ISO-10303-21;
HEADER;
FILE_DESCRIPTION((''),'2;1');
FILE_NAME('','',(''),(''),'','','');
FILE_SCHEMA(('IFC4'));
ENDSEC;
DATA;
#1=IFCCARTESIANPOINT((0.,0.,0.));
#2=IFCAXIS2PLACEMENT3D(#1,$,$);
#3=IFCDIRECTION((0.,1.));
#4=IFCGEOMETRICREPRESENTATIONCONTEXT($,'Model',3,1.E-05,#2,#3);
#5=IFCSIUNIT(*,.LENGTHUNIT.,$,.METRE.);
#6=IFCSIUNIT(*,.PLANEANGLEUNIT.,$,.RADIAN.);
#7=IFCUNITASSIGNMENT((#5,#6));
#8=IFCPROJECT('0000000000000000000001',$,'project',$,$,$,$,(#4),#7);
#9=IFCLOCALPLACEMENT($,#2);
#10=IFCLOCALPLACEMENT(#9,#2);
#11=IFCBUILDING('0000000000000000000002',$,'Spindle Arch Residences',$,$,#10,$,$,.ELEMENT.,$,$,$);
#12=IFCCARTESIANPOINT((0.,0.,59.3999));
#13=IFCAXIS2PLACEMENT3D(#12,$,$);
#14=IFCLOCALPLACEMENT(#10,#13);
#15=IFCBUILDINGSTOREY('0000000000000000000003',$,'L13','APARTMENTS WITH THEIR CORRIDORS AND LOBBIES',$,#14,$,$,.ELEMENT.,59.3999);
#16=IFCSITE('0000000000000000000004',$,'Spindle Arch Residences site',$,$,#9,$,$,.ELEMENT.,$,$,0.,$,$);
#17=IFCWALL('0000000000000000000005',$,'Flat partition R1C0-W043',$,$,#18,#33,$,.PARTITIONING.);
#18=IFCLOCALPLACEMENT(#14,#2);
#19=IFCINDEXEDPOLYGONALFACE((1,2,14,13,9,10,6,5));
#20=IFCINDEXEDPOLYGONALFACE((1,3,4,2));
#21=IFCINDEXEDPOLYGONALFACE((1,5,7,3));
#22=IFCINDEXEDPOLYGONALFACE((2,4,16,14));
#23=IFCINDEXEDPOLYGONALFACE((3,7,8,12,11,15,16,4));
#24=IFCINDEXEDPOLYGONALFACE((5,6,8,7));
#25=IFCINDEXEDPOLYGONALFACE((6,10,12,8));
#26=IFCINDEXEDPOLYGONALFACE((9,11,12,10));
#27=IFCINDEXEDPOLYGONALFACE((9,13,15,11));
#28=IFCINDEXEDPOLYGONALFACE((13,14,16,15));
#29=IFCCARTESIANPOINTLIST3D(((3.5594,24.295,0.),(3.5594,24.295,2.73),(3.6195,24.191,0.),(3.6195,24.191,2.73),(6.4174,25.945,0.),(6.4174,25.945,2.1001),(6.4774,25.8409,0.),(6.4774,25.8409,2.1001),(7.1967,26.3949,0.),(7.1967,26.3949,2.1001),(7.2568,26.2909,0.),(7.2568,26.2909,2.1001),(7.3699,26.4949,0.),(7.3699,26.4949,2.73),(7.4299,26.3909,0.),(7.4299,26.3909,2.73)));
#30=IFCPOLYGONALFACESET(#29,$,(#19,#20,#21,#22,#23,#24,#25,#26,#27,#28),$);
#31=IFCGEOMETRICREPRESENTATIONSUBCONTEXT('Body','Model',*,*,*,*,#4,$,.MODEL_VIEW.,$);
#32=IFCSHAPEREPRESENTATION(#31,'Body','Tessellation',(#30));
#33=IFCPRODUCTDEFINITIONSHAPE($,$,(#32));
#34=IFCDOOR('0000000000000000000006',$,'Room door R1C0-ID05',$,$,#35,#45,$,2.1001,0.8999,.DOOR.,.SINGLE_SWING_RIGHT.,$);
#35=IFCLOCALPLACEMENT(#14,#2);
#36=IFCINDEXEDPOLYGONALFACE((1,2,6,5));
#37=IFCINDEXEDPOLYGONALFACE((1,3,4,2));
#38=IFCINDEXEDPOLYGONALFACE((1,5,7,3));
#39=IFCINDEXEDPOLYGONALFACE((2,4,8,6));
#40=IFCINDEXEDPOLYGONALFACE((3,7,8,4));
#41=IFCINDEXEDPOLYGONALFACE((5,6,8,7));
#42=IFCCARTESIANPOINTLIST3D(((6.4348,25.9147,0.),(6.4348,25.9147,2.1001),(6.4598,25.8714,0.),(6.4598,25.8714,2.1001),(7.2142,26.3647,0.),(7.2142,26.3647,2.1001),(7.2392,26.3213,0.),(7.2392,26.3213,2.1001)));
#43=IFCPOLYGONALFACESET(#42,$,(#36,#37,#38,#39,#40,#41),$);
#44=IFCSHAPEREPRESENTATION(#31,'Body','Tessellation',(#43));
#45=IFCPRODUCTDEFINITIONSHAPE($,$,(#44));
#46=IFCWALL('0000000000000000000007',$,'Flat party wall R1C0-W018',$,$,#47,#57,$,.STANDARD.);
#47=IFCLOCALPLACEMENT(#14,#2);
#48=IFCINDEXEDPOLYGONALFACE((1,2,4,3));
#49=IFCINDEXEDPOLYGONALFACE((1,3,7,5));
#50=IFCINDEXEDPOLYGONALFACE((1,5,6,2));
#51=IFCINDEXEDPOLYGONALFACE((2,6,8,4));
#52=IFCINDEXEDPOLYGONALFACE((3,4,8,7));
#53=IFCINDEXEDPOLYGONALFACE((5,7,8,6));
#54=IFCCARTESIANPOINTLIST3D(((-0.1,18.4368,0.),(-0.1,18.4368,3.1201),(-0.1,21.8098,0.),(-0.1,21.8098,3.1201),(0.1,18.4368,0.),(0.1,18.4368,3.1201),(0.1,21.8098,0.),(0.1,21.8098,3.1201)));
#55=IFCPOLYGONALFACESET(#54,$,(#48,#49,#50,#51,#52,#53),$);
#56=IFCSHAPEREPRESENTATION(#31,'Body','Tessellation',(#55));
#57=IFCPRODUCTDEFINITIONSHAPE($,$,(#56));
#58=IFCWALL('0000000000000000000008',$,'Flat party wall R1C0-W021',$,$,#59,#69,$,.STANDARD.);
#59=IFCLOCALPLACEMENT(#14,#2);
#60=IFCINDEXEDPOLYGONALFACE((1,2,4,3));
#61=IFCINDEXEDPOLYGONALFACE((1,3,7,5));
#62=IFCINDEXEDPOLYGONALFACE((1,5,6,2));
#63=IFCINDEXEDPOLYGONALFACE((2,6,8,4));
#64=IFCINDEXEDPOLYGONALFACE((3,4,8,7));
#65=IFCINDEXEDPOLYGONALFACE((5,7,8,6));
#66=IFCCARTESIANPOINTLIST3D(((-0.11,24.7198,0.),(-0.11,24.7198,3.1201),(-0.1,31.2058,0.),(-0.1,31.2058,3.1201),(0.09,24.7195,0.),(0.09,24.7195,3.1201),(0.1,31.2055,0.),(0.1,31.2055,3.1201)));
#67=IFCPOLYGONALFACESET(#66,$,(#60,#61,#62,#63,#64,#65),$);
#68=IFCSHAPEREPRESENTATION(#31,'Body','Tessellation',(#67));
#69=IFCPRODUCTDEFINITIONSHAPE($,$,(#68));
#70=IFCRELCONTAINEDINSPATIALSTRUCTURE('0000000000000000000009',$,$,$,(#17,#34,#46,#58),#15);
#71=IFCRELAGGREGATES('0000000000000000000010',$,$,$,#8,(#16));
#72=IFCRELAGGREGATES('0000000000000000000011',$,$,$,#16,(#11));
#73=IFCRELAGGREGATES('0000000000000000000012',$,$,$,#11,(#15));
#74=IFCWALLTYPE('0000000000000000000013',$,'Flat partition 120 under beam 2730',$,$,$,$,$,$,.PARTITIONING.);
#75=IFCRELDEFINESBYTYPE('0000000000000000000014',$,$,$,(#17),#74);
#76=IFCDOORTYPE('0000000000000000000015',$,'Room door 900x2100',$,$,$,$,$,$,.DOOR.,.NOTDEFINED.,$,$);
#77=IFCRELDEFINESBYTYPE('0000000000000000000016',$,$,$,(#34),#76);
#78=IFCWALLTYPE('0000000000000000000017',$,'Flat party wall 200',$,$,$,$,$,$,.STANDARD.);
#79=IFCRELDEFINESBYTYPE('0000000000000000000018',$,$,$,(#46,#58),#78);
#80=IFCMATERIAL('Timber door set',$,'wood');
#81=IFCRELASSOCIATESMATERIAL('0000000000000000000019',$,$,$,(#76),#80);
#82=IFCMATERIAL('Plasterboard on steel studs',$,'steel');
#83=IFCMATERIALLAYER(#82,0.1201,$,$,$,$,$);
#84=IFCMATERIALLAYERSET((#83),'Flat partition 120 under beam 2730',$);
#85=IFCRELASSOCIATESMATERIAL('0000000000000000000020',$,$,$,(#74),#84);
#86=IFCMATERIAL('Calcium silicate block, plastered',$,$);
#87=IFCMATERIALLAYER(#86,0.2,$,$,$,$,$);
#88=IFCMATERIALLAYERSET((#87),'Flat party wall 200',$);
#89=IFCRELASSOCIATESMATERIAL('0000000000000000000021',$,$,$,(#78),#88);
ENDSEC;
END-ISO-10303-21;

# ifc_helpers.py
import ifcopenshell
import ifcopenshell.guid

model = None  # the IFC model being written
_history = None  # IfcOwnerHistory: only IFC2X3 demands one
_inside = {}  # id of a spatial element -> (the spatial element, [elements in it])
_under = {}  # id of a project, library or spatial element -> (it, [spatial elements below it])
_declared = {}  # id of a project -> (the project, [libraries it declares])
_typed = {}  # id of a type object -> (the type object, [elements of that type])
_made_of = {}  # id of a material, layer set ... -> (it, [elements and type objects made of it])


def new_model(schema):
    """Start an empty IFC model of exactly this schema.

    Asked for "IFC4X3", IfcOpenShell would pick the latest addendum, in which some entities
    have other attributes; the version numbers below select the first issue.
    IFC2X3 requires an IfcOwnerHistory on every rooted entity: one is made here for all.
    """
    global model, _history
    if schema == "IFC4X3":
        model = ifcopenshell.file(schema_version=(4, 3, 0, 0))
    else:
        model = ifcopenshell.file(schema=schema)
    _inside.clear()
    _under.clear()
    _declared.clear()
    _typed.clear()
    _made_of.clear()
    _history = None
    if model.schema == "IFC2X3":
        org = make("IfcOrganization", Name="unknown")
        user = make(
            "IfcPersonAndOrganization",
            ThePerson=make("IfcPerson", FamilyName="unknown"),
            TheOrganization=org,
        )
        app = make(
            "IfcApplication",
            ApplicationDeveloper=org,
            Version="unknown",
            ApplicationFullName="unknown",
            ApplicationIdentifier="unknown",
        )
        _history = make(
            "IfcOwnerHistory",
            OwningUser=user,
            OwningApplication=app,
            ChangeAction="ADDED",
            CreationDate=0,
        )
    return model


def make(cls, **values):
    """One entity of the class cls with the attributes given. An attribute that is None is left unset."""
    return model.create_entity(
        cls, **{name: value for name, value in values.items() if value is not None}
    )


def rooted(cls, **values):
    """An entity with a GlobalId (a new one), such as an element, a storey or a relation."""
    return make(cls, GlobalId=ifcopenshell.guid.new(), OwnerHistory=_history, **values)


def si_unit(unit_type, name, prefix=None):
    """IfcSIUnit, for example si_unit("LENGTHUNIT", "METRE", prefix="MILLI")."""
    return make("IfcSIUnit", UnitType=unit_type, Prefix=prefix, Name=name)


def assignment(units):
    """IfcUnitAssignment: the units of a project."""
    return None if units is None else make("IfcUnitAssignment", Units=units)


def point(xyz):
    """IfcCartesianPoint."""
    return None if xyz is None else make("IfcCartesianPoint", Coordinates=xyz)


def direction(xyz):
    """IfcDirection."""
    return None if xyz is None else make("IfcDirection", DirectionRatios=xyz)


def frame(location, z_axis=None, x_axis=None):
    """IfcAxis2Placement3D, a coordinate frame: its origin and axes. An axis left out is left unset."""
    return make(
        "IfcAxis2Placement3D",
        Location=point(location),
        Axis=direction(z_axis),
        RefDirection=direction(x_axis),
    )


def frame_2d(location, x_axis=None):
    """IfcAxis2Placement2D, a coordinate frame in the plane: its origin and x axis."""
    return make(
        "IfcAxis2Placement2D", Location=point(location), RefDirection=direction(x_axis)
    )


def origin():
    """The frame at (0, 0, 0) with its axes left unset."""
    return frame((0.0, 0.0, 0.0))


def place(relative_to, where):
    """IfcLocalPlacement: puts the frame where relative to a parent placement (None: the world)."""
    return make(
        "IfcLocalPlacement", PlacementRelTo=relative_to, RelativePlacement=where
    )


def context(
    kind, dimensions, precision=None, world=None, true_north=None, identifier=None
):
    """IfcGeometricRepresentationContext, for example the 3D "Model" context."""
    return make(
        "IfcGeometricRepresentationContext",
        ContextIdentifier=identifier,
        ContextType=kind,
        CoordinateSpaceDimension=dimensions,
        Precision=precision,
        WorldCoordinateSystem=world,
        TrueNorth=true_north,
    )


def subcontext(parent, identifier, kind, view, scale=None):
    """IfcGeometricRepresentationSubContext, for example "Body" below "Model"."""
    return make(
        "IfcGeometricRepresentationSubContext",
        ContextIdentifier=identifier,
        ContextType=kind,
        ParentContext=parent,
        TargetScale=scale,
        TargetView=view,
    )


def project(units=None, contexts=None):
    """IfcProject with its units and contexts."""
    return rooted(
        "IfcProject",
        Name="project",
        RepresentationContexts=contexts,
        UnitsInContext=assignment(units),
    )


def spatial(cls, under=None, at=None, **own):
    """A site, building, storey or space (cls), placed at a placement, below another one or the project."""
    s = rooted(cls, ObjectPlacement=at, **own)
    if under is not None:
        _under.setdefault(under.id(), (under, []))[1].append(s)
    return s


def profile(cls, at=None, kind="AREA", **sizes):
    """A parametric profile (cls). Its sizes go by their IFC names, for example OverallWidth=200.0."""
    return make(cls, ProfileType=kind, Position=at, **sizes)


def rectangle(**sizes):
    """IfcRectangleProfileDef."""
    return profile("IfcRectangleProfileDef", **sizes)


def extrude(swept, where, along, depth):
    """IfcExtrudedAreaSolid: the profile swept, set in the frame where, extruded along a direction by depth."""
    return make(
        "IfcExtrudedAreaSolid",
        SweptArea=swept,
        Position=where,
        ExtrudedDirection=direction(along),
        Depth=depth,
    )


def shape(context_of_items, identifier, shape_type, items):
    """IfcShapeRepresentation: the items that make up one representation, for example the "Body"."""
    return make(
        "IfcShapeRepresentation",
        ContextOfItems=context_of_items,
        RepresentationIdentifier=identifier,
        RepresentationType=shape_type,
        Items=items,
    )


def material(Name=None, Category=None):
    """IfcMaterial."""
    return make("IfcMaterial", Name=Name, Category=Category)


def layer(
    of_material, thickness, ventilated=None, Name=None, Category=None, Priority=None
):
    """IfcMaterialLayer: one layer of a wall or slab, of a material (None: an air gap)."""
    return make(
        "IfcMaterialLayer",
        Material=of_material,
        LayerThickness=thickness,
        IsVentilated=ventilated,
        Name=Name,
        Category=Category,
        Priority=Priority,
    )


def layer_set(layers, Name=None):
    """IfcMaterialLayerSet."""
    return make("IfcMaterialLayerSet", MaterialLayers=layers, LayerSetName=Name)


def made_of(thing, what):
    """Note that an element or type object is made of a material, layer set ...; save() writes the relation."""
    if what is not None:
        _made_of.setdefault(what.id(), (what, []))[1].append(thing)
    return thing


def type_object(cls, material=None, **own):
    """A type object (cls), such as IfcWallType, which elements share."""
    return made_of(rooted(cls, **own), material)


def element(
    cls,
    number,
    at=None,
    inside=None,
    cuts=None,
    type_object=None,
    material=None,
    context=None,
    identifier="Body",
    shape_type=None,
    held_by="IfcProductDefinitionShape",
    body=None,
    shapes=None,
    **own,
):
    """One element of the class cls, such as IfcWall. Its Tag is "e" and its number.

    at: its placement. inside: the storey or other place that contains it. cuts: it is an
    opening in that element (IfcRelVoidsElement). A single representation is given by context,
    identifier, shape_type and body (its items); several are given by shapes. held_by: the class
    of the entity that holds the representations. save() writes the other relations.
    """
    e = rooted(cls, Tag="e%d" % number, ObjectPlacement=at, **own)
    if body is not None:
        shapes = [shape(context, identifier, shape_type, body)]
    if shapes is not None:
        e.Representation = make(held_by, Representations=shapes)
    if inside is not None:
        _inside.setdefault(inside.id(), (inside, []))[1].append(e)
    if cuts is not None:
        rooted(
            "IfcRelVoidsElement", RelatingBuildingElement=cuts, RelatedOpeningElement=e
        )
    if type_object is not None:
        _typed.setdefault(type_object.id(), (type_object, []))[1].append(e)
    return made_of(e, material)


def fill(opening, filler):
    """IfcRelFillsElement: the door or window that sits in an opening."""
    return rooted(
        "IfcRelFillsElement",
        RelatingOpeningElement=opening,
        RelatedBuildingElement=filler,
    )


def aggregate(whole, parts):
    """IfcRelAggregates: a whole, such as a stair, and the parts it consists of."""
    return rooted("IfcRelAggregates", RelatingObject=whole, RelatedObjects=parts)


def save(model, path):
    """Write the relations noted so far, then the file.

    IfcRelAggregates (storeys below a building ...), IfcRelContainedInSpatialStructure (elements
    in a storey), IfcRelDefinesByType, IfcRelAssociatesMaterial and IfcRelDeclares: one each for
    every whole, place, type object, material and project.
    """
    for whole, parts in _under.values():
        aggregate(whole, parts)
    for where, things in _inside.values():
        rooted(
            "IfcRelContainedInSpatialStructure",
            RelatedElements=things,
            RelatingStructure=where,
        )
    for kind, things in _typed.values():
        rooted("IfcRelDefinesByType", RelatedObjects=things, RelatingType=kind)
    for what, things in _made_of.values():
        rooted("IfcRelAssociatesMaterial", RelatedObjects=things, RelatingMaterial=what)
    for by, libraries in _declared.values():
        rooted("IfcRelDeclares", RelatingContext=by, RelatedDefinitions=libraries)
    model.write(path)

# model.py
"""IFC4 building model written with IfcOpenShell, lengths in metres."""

from ifc_helpers import new_model, si_unit, direction, frame, frame_2d, origin, place, context, subcontext, project, spatial, rectangle, extrude, material, layer, layer_set, type_object, element, fill, save


model = new_model("IFC4")

# Units and contexts
model_context = context("Model", 3, precision=1e-05, world=origin(), true_north=direction((0.0, 1.0)))
body_context = subcontext(model_context, "Body", "Model", "MODEL_VIEW")
ifc_project = project(units=[si_unit("LENGTHUNIT", "METRE"), si_unit("PLANEANGLEUNIT", "RADIAN")], contexts=[model_context])

# Site, building, storey
site_placement = place(None, origin())
site = spatial("IfcSite", under=ifc_project, at=site_placement, Name="Spindle Arch Residences site", CompositionType="ELEMENT", RefElevation=0.0)
building_placement = place(site_placement, origin())
building = spatial("IfcBuilding", under=site, at=building_placement, Name="Spindle Arch Residences", CompositionType="ELEMENT")
storey_placement = place(building_placement, frame((0.0, 0.0, 59.3999)))
storey = spatial("IfcBuildingStorey", under=building, at=storey_placement, Name="L13", Description="APARTMENTS WITH THEIR CORRIDORS AND LOBBIES", CompositionType="ELEMENT", Elevation=59.3999)

# Shared definitions
ifc_material_1 = material(Name="Timber door set", Category="wood")
door_type = type_object("IfcDoorType", Name="Room door 900x2100", OperationType="NOTDEFINED", PredefinedType="DOOR", material=ifc_material_1)

# Wall, opening, door
ifc_material_2 = material(Name="Plasterboard on steel studs", Category="steel")
ifc_layer_1 = layer(ifc_material_2, 0.1201)
ifc_layer_set_1 = layer_set([ifc_layer_1], Name="Flat partition 120 under beam 2730")
wall_type_1 = type_object("IfcWallType", Name="Flat partition 120 under beam 2730", PredefinedType="PARTITIONING", material=ifc_layer_set_1)
wall_1_placement = place(storey_placement, frame((7.3999, 26.4429, 0.0), z_axis=(0.0, 0.0, 1.0), x_axis=(-0.866032, -0.499988, 0.0)))
wall_1 = element("IfcWall", 1, at=wall_1_placement, inside=storey, type_object=wall_type_1, Name="Flat partition R1C0-W043", PredefinedType="PARTITIONING", context=body_context, shape_type="SweptSolid", body=[
    extrude(rectangle(XDim=4.3999, YDim=0.1201, at=frame_2d((2.2, 0.0))), origin(), (0.0, 0.0, 1.0), 2.73),
])
opening_1_placement = place(wall_1_placement, frame((0.2, 0.0, 0.0)))
opening_1 = element("IfcOpeningElement", 2, at=opening_1_placement, cuts=wall_1, PredefinedType="OPENING", context=body_context, shape_type="SweptSolid", body=[
    extrude(rectangle(XDim=0.8999, YDim=2.1001, at=frame_2d((0.45, 1.05))), frame((0.0, 0.0701, 0.0), z_axis=(0.0, -1.0, 0.0), x_axis=(1.0, 0.0, 0.0)), (0.0, 0.0, 1.0), 0.1401),
])
door_1_placement = place(opening_1_placement, origin())
door_1 = element("IfcDoor", 3, at=door_1_placement, inside=storey, type_object=door_type, Name="Room door R1C0-ID05", OperationType="SINGLE_SWING_RIGHT", OverallHeight=2.1001, OverallWidth=0.8999, PredefinedType="DOOR", context=body_context, shape_type="SweptSolid", body=[
    extrude(rectangle(XDim=0.8999, YDim=2.1001, at=frame_2d((0.45, 1.05))), frame((0.0, 0.0249, 0.0), z_axis=(0.0, -1.0, 0.0), x_axis=(1.0, 0.0, 0.0)), (0.0, 0.0, 1.0), 0.05),
])
fill(opening_1, door_1)

# Walls
ifc_material_3 = material(Name="Calcium silicate block, plastered")
ifc_layer_2 = layer(ifc_material_3, 0.2)
ifc_layer_set_2 = layer_set([ifc_layer_2], Name="Flat party wall 200")
wall_type_2 = type_object("IfcWallType", Name="Flat party wall 200", PredefinedType="STANDARD", material=ifc_layer_set_2)
wall_2_placement = place(storey_placement, frame((0.0, 21.8098, 0.0), z_axis=(0.0, 0.0, 1.0), x_axis=(0.0, -1.0, 0.0)))
element("IfcWall", 4, at=wall_2_placement, inside=storey, type_object=wall_type_2, Name="Flat party wall R1C0-W018", PredefinedType="STANDARD", context=body_context, shape_type="SweptSolid", body=[
    extrude(rectangle(XDim=3.373, YDim=0.2, at=frame_2d((1.6865, 0.0))), origin(), (0.0, 0.0, 1.0), 3.1201),
])
wall_3_placement = place(storey_placement, frame((0.0, 31.2058, 0.0), z_axis=(0.0, 0.0, 1.0), x_axis=(-0.001543, -0.999999, 0.0)))
element("IfcWall", 5, at=wall_3_placement, inside=storey, type_object=wall_type_2, Name="Flat party wall R1C0-W021", PredefinedType="STANDARD", context=body_context, shape_type="SweptSolid", body=[
    extrude(rectangle(XDim=6.4861, YDim=0.2, at=frame_2d((3.2432, 0.0))), origin(), (0.0, 0.0, 1.0), 3.1201),
])

save(model, "model.ifc")
